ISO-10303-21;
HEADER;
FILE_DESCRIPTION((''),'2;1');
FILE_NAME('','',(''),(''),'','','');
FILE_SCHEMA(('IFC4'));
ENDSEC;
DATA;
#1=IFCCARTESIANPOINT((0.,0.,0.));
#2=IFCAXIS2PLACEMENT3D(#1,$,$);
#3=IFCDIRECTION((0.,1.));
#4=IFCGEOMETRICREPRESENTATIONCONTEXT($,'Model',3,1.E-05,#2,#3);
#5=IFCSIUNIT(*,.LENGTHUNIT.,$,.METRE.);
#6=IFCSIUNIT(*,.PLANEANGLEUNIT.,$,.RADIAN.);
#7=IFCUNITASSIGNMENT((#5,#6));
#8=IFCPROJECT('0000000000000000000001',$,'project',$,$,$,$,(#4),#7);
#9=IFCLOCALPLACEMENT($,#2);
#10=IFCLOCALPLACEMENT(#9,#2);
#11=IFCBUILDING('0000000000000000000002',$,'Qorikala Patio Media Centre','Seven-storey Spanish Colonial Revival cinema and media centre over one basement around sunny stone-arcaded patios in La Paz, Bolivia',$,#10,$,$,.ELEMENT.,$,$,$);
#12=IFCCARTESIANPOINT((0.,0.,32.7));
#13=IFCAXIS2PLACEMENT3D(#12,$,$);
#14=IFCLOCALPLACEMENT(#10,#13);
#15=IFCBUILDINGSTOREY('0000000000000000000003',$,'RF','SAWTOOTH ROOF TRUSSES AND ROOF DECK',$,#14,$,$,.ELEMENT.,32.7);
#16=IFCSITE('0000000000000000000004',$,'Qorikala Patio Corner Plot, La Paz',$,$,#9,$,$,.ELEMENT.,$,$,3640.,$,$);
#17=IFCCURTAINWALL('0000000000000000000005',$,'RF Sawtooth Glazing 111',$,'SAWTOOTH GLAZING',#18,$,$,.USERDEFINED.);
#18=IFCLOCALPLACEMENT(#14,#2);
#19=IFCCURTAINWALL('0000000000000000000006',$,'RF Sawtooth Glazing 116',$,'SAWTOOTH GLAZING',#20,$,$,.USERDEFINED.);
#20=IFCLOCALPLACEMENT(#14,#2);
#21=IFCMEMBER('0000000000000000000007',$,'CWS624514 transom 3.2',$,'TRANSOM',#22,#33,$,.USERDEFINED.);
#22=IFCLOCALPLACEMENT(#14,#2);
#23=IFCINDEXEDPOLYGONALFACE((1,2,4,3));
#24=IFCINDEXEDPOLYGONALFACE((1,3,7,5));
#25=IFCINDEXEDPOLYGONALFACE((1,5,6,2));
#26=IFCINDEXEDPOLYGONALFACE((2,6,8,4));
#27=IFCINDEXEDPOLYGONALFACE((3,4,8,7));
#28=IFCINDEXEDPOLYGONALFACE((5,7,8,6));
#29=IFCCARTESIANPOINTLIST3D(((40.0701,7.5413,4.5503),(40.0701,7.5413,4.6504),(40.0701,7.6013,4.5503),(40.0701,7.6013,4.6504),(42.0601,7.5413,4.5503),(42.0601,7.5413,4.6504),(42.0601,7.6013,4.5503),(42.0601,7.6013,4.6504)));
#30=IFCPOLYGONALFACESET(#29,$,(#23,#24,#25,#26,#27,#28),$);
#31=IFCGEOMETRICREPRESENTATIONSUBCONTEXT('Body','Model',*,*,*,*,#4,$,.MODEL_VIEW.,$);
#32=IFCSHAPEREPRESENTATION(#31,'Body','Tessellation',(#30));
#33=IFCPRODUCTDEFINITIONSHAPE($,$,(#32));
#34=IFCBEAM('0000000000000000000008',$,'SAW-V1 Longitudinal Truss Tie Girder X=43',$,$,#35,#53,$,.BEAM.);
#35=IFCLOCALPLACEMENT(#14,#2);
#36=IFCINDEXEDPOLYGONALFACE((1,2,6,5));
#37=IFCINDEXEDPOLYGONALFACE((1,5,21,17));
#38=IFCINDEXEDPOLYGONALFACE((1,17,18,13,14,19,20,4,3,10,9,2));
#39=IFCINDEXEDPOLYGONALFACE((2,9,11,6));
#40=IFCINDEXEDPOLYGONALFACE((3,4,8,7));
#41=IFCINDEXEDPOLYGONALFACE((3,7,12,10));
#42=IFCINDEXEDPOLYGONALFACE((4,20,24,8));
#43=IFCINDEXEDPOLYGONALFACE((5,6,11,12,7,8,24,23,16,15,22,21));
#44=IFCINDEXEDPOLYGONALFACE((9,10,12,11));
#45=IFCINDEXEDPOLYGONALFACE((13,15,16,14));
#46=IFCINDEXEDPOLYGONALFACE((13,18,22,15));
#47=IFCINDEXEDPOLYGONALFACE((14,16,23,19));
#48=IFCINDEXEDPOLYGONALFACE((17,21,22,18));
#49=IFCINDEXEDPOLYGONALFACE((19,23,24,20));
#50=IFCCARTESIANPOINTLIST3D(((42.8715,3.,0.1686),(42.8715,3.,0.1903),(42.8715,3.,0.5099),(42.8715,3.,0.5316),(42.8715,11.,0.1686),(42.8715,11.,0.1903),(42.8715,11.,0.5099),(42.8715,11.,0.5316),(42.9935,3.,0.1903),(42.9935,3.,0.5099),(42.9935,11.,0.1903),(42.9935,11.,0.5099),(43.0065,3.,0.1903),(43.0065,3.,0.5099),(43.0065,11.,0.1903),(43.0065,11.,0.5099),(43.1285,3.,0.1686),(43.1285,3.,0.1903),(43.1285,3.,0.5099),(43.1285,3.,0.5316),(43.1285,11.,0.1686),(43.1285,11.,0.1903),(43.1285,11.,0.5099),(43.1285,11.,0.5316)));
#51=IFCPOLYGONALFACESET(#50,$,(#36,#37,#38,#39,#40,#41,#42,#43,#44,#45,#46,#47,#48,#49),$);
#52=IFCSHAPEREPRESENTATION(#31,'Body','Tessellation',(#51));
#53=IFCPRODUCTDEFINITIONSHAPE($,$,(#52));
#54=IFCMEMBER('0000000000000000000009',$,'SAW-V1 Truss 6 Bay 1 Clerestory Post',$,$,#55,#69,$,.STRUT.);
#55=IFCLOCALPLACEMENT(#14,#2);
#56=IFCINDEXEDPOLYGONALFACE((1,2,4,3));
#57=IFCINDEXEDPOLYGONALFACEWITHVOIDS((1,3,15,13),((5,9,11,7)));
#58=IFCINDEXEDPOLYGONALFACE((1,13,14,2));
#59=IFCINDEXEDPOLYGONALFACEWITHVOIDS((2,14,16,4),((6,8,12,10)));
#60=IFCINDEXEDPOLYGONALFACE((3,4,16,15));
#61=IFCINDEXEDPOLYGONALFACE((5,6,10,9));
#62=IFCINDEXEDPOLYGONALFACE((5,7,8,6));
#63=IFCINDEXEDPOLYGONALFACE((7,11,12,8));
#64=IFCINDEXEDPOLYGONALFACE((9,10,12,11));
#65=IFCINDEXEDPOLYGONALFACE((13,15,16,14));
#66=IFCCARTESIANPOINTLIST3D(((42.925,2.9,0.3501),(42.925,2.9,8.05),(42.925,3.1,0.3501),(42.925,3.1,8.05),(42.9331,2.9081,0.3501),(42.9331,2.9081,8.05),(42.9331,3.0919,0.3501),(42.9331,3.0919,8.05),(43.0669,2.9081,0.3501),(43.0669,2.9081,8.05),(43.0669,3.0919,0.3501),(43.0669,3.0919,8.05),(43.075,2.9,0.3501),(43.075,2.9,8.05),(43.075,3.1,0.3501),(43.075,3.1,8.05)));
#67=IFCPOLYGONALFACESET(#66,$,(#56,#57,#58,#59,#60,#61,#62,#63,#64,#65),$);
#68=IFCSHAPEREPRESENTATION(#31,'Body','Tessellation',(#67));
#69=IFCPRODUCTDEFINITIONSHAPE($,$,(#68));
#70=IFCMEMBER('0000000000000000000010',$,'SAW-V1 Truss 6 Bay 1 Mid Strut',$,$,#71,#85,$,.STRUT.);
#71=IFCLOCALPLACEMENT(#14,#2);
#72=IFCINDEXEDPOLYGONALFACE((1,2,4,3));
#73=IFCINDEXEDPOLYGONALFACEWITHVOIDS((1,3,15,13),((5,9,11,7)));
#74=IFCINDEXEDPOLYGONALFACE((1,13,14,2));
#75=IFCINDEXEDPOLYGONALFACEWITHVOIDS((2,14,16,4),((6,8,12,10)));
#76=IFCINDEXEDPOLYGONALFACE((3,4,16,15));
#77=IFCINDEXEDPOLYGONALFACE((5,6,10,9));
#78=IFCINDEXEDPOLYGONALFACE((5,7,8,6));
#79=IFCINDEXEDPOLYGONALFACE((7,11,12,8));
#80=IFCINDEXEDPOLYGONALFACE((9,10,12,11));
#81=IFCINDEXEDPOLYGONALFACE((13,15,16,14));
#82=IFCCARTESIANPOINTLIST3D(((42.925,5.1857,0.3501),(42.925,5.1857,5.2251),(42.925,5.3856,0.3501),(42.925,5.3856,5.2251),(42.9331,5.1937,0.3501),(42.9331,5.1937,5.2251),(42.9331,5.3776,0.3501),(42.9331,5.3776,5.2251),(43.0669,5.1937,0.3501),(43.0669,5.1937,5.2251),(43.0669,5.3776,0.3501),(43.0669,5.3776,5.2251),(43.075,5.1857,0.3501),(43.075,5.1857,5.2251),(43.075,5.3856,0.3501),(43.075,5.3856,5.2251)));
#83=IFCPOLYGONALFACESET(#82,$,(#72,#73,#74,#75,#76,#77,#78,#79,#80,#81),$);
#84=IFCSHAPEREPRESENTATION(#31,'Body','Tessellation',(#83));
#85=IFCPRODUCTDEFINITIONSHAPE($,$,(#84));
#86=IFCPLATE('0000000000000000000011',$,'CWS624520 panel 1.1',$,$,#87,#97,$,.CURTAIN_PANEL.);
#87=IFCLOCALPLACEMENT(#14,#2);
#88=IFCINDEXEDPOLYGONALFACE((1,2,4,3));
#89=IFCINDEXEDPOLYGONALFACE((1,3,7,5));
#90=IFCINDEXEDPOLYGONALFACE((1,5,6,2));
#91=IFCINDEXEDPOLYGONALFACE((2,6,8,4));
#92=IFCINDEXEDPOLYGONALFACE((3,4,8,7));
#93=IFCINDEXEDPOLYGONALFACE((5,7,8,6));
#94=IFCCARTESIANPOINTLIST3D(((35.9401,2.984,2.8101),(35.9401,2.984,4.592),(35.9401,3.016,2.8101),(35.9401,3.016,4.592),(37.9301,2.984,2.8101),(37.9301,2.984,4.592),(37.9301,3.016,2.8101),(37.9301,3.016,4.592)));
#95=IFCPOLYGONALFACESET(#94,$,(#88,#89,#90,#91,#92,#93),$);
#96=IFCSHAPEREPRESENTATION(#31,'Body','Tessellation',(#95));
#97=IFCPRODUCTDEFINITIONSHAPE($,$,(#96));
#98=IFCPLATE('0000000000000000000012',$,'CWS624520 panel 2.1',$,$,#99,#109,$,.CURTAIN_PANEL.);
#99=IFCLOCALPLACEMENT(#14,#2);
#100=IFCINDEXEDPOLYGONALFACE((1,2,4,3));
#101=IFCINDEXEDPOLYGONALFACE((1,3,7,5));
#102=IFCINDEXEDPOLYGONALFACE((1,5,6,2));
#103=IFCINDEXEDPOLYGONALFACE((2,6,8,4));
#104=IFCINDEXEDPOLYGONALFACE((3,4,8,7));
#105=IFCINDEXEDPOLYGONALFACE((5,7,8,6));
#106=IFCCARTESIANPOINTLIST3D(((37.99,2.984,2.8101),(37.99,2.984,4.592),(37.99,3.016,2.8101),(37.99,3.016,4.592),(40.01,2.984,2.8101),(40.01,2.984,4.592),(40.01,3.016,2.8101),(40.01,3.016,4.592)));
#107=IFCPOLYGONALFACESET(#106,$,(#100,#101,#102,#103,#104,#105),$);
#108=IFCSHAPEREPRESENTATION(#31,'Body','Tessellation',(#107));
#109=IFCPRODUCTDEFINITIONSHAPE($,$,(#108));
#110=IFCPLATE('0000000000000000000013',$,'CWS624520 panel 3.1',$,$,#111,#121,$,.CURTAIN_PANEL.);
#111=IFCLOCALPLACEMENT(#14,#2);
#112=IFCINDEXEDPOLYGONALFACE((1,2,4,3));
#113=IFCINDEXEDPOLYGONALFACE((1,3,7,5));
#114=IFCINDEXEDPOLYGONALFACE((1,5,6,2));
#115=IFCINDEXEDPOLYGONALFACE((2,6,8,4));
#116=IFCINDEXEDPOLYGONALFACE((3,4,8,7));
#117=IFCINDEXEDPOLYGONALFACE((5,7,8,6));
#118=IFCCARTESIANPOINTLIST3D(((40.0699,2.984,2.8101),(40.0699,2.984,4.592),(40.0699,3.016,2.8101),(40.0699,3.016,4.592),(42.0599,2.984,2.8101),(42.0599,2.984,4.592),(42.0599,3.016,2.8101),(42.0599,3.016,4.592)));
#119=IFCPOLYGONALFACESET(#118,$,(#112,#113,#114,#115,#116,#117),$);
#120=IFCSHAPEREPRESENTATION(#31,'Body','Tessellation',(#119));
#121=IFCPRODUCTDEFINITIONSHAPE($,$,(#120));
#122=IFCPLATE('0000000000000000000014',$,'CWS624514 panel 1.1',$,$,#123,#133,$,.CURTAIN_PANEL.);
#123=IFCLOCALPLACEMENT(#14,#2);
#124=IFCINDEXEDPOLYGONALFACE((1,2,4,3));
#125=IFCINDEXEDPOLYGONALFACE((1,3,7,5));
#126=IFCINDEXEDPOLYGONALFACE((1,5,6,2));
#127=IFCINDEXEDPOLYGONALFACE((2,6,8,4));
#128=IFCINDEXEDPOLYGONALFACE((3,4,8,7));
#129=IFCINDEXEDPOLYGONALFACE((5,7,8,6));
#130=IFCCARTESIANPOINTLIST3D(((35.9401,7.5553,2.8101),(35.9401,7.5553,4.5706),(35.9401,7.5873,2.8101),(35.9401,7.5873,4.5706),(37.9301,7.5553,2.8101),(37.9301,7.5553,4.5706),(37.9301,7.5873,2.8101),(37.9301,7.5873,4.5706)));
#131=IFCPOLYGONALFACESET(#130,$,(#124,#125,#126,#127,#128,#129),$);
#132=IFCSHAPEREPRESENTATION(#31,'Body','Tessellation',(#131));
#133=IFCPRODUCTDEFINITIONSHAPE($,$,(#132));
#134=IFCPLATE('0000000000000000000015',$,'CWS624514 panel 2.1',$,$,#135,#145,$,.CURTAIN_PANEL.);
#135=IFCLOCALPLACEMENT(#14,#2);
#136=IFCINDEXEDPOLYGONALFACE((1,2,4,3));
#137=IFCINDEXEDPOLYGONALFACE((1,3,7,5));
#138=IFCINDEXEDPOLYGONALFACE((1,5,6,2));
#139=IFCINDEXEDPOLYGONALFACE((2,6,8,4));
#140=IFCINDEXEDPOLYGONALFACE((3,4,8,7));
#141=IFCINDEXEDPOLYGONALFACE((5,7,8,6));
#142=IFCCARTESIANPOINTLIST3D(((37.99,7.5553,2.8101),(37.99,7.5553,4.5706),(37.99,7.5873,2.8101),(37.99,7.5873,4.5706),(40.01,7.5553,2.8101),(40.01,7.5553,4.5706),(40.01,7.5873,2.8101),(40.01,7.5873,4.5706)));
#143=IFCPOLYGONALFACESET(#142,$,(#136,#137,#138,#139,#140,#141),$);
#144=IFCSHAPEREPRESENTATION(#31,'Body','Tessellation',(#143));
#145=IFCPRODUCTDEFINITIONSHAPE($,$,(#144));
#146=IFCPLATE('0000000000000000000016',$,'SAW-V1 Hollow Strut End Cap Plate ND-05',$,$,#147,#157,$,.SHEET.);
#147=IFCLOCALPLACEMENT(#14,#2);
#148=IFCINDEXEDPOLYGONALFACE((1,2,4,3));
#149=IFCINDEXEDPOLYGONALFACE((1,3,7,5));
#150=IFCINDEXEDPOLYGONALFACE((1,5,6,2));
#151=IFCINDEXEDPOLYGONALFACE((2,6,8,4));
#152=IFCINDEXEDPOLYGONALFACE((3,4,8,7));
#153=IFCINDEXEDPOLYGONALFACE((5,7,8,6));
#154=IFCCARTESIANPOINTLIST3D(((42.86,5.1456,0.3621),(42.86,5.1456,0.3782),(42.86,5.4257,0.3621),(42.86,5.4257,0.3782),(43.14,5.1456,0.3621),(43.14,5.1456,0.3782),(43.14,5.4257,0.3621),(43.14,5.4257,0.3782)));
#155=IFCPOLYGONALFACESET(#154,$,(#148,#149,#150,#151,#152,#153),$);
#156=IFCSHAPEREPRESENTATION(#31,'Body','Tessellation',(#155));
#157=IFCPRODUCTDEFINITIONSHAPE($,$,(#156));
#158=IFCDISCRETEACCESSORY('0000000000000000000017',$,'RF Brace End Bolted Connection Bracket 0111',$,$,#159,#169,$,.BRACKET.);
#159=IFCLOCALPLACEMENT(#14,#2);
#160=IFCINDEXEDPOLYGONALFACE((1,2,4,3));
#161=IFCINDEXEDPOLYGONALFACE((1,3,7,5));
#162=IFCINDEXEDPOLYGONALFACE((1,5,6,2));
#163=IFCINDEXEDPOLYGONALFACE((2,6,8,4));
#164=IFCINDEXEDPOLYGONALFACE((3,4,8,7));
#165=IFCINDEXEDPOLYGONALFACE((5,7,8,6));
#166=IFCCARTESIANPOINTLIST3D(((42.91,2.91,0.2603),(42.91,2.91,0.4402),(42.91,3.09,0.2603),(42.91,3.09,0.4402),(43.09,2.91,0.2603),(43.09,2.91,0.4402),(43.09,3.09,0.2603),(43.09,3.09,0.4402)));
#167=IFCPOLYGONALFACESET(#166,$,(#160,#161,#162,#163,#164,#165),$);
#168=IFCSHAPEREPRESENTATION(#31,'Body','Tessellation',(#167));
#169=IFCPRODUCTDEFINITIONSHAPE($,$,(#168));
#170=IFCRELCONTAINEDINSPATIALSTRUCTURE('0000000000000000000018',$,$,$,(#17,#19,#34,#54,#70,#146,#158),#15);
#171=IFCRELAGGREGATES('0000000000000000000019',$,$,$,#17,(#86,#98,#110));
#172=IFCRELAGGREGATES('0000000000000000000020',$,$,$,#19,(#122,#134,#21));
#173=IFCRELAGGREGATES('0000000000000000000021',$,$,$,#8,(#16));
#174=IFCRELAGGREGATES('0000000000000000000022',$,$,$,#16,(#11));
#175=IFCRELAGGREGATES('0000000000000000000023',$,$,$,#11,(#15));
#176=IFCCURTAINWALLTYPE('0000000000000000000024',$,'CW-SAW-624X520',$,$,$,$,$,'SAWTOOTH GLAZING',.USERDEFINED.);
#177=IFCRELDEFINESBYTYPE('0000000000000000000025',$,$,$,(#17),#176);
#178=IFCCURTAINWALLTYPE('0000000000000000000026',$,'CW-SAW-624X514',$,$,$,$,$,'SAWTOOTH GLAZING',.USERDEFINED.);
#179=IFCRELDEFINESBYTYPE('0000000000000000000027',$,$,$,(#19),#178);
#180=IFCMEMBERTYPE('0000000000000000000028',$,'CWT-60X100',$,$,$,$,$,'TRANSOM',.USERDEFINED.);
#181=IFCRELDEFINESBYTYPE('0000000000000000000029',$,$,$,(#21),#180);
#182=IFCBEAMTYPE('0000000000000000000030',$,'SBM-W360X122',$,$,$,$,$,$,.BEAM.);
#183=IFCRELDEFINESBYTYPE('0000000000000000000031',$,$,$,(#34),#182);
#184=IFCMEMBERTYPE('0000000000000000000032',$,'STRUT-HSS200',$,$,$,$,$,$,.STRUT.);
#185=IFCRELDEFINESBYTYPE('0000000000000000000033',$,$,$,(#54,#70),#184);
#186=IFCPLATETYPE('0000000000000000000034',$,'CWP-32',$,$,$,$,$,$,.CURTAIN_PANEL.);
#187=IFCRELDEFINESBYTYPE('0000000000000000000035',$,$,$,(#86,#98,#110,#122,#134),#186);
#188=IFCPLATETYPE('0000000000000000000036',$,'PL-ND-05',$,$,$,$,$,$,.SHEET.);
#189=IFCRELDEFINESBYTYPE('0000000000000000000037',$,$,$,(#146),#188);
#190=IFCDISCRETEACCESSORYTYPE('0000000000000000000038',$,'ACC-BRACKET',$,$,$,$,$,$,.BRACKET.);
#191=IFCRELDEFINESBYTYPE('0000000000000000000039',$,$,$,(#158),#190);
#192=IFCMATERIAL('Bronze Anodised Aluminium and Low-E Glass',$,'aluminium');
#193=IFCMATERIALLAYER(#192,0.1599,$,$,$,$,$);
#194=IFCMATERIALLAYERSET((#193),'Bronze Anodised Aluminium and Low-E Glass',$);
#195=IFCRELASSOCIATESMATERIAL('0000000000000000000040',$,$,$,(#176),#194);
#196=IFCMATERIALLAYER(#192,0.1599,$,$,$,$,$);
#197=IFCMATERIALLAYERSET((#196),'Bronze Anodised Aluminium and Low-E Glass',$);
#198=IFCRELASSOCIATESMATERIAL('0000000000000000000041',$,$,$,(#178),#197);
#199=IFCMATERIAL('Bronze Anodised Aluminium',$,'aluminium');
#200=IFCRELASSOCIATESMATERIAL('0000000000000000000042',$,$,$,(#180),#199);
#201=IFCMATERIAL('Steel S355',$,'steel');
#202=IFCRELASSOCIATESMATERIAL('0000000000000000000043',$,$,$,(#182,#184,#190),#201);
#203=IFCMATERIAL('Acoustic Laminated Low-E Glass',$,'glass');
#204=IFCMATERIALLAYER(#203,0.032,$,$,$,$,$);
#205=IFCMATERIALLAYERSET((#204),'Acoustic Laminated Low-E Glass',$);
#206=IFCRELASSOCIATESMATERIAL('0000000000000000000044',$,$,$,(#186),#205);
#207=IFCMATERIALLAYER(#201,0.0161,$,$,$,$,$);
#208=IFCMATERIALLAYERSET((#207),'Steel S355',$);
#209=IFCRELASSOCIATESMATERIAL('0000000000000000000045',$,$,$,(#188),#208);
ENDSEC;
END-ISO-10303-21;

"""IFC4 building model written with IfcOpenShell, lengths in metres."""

from ifc_helpers import new_model, si_unit, direction, frame, origin, origin_2d, place, context, subcontext, project, spatial, rectangle, hollow_rectangle, i_section, extrude, material, layer, layer_set, material_profile, profile_set, type_object, element, aggregate, save


model = new_model("IFC4")

# Units and contexts
model_context = context("Model", 3, precision=1e-05, world=origin(), true_north=direction((0.0, 1.0)))
body_context = subcontext(model_context, "Body", "Model", "MODEL_VIEW")
ifc_project = project(units=[si_unit("LENGTHUNIT", "METRE"), si_unit("PLANEANGLEUNIT", "RADIAN")], contexts=[model_context])

# Site, building, storey
site_placement = place(None, origin())
site = spatial("IfcSite", under=ifc_project, at=site_placement, Name="Qorikala Patio Corner Plot, La Paz", CompositionType="ELEMENT", RefElevation=3640.0)
building_placement = place(site_placement, origin())
building = spatial("IfcBuilding", under=site, at=building_placement, Name="Qorikala Patio Media Centre", Description="Seven-storey Spanish Colonial Revival cinema and media centre over one basement around sunny stone-arcaded patios in La Paz, Bolivia", CompositionType="ELEMENT")
storey_placement = place(building_placement, frame((0.0, 0.0, 32.7)))
storey = spatial("IfcBuildingStorey", under=building, at=storey_placement, Name="RF", Description="SAWTOOTH ROOF TRUSSES AND ROOF DECK", CompositionType="ELEMENT", Elevation=32.7)

# Shared definitions
ifc_material_1 = material(Name="Steel S355", Category="steel")

# Curtain walls
ifc_material_2 = material(Name="Bronze Anodised Aluminium and Low-E Glass", Category="aluminium")
ifc_layer_1 = layer(ifc_material_2, 0.1599)
ifc_layer_set_1 = layer_set([ifc_layer_1], Name="Bronze Anodised Aluminium and Low-E Glass")
curtain_wall_type_1 = type_object("IfcCurtainWallType", Name="CW-SAW-624X520", ElementType="SAWTOOTH GLAZING", PredefinedType="USERDEFINED", material=ifc_layer_set_1)
curtain_wall_1_placement = place(storey_placement, origin())
curtain_wall_1 = element("IfcCurtainWall", 1, at=curtain_wall_1_placement, inside=storey, type_object=curtain_wall_type_1, Name="RF Sawtooth Glazing 111", ObjectType="SAWTOOTH GLAZING", PredefinedType="USERDEFINED")
ifc_material_3 = material(Name="Bronze Anodised Aluminium", Category="aluminium")
ifc_layer_2 = layer(ifc_material_2, 0.1599)
ifc_layer_set_2 = layer_set([ifc_layer_2], Name="Bronze Anodised Aluminium and Low-E Glass")
curtain_wall_type_2 = type_object("IfcCurtainWallType", Name="CW-SAW-624X514", ElementType="SAWTOOTH GLAZING", PredefinedType="USERDEFINED", material=ifc_layer_set_2)
curtain_wall_2_placement = place(storey_placement, origin())
curtain_wall_2 = element("IfcCurtainWall", 2, at=curtain_wall_2_placement, inside=storey, type_object=curtain_wall_type_2, Name="RF Sawtooth Glazing 116", ObjectType="SAWTOOTH GLAZING", PredefinedType="USERDEFINED")

# Member
ifc_material_profile_1 = material_profile(ifc_material_3, rectangle(XDim=0.0601, YDim=0.1001, at=origin_2d()), Name="ALU TRANSOM 60x100")
ifc_profile_set_1 = profile_set([ifc_material_profile_1], Name="Bronze Anodised Aluminium")
member_type_1 = type_object("IfcMemberType", Name="CWT-60X100", ElementType="TRANSOM", PredefinedType="USERDEFINED", material=ifc_profile_set_1)
member_1_placement = place(storey_placement, frame((40.0701, 7.5713, 4.6003), z_axis=(1.0, 0.0, 0.0), x_axis=(0.0, 1.0, 0.0)))
member_1 = element("IfcMember", 3, at=member_1_placement, type_object=member_type_1, Name="CWS624514 transom 3.2", ObjectType="TRANSOM", PredefinedType="USERDEFINED", context=body_context, shape_type="SweptSolid", body=[
    extrude(rectangle(XDim=0.0601, YDim=0.1001, at=origin_2d()), origin(), (0.0, 0.0, 1.0), 1.99),
])

# Beam
ifc_material_profile_2 = material_profile(ifc_material_1, i_section(OverallWidth=0.2571, OverallDepth=0.363, WebThickness=0.0129, FlangeThickness=0.0217, at=origin_2d()), Name="W360X122")
ifc_profile_set_2 = profile_set([ifc_material_profile_2], Name="Steel S355")
beam_type = type_object("IfcBeamType", Name="SBM-W360X122", PredefinedType="BEAM", material=ifc_profile_set_2)
beam_placement = place(storey_placement, frame((43.0, 3.0, 0.3501), z_axis=(0.0, 1.0, 0.0), x_axis=(-1.0, 0.0, 0.0)))
element("IfcBeam", 4, at=beam_placement, inside=storey, type_object=beam_type, Name="SAW-V1 Longitudinal Truss Tie Girder X=43", PredefinedType="BEAM", context=body_context, shape_type="SweptSolid", body=[
    extrude(i_section(OverallWidth=0.2571, OverallDepth=0.363, WebThickness=0.0129, FlangeThickness=0.0217, at=origin_2d()), origin(), (0.0, 0.0, 1.0), 8.0),
])

# Members
ifc_material_profile_3 = material_profile(ifc_material_1, hollow_rectangle(XDim=0.1499, YDim=0.2, WallThickness=0.0081, at=origin_2d()), Name="HSS200X150X8")
ifc_profile_set_3 = profile_set([ifc_material_profile_3], Name="Steel S355")
member_type_2 = type_object("IfcMemberType", Name="STRUT-HSS200", PredefinedType="STRUT", material=ifc_profile_set_3)
member_2_placement = place(storey_placement, frame((43.0, 3.0, 0.3501), z_axis=(0.0, 0.0, 1.0), x_axis=(1.0, 0.0, 0.0)))
element("IfcMember", 5, at=member_2_placement, inside=storey, type_object=member_type_2, Name="SAW-V1 Truss 6 Bay 1 Clerestory Post", PredefinedType="STRUT", context=body_context, shape_type="SweptSolid", body=[
    extrude(hollow_rectangle(XDim=0.1499, YDim=0.2, WallThickness=0.0081, at=origin_2d()), origin(), (0.0, 0.0, 1.0), 7.7),
])
member_3_placement = place(storey_placement, frame((43.0, 5.2856, 0.3501), z_axis=(0.0, 0.0, 1.0), x_axis=(1.0, 0.0, 0.0)))
element("IfcMember", 6, at=member_3_placement, inside=storey, type_object=member_type_2, Name="SAW-V1 Truss 6 Bay 1 Mid Strut", PredefinedType="STRUT", context=body_context, shape_type="SweptSolid", body=[
    extrude(hollow_rectangle(XDim=0.1499, YDim=0.2, WallThickness=0.0081, at=origin_2d()), origin(), (0.0, 0.0, 1.0), 4.875),
])

# Plates
ifc_material_4 = material(Name="Acoustic Laminated Low-E Glass", Category="glass")
ifc_layer_3 = layer(ifc_material_4, 0.032)
ifc_layer_set_3 = layer_set([ifc_layer_3], Name="Acoustic Laminated Low-E Glass")
plate_type_1 = type_object("IfcPlateType", Name="CWP-32", PredefinedType="CURTAIN_PANEL", material=ifc_layer_set_3)
plate_1_placement = place(storey_placement, frame((36.9351, 3.0, 2.8101), z_axis=(0.0, 0.0, 1.0), x_axis=(1.0, 0.0, 0.0)))
plate_1 = element("IfcPlate", 7, at=plate_1_placement, type_object=plate_type_1, Name="CWS624520 panel 1.1", PredefinedType="CURTAIN_PANEL", context=body_context, shape_type="SweptSolid", body=[
    extrude(rectangle(XDim=1.99, YDim=0.032, at=origin_2d()), origin(), (0.0, 0.0, 1.0), 1.782),
])
plate_2_placement = place(storey_placement, frame((39.0, 3.0, 2.8101), z_axis=(0.0, 0.0, 1.0), x_axis=(1.0, 0.0, 0.0)))
plate_2 = element("IfcPlate", 8, at=plate_2_placement, type_object=plate_type_1, Name="CWS624520 panel 2.1", PredefinedType="CURTAIN_PANEL", context=body_context, shape_type="SweptSolid", body=[
    extrude(rectangle(XDim=2.02, YDim=0.032, at=origin_2d()), origin(), (0.0, 0.0, 1.0), 1.782),
])
plate_3_placement = place(storey_placement, frame((41.0649, 3.0, 2.8101), z_axis=(0.0, 0.0, 1.0), x_axis=(1.0, 0.0, 0.0)))
plate_3 = element("IfcPlate", 9, at=plate_3_placement, type_object=plate_type_1, Name="CWS624520 panel 3.1", PredefinedType="CURTAIN_PANEL", context=body_context, shape_type="SweptSolid", body=[
    extrude(rectangle(XDim=1.99, YDim=0.032, at=origin_2d()), origin(), (0.0, 0.0, 1.0), 1.782),
])
aggregate(curtain_wall_1, [plate_1, plate_2, plate_3])
plate_4_placement = place(storey_placement, frame((36.9351, 7.5713, 2.8101), z_axis=(0.0, 0.0, 1.0), x_axis=(1.0, 0.0, 0.0)))
plate_4 = element("IfcPlate", 10, at=plate_4_placement, type_object=plate_type_1, Name="CWS624514 panel 1.1", PredefinedType="CURTAIN_PANEL", context=body_context, shape_type="SweptSolid", body=[
    extrude(rectangle(XDim=1.99, YDim=0.032, at=origin_2d()), origin(), (0.0, 0.0, 1.0), 1.7605),
])
plate_5_placement = place(storey_placement, frame((39.0, 7.5713, 2.8101), z_axis=(0.0, 0.0, 1.0), x_axis=(1.0, 0.0, 0.0)))
plate_5 = element("IfcPlate", 11, at=plate_5_placement, type_object=plate_type_1, Name="CWS624514 panel 2.1", PredefinedType="CURTAIN_PANEL", context=body_context, shape_type="SweptSolid", body=[
    extrude(rectangle(XDim=2.02, YDim=0.032, at=origin_2d()), origin(), (0.0, 0.0, 1.0), 1.7605),
])
aggregate(curtain_wall_2, [plate_4, plate_5, member_1])
ifc_layer_4 = layer(ifc_material_1, 0.0161)
ifc_layer_set_4 = layer_set([ifc_layer_4], Name="Steel S355")
plate_type_2 = type_object("IfcPlateType", Name="PL-ND-05", PredefinedType="SHEET", material=ifc_layer_set_4)
plate_6_placement = place(storey_placement, frame((43.0, 5.2856, 0.3621), z_axis=(0.0, 0.0, 1.0), x_axis=(1.0, 0.0, 0.0)))
element("IfcPlate", 12, at=plate_6_placement, inside=storey, type_object=plate_type_2, Name="SAW-V1 Hollow Strut End Cap Plate ND-05", PredefinedType="SHEET", context=body_context, shape_type="SweptSolid", body=[
    extrude(rectangle(XDim=0.28, YDim=0.28, at=origin_2d()), origin(), (0.0, 0.0, 1.0), 0.0161),
])

# Discrete accessory
discrete_accessory_type = type_object("IfcDiscreteAccessoryType", Name="ACC-BRACKET", PredefinedType="BRACKET", material=ifc_material_1)
discrete_accessory_placement = place(storey_placement, frame((43.0, 3.0, 0.2603), z_axis=(0.0, 0.0, 1.0), x_axis=(1.0, 0.0, 0.0)))
element("IfcDiscreteAccessory", 13, at=discrete_accessory_placement, inside=storey, type_object=discrete_accessory_type, Name="RF Brace End Bolted Connection Bracket 0111", PredefinedType="BRACKET", context=body_context, shape_type="SweptSolid", body=[
    extrude(rectangle(XDim=0.1799, YDim=0.1799, at=origin_2d()), origin(), (0.0, 0.0, 1.0), 0.1799),
])

save(model, "model.ifc")
